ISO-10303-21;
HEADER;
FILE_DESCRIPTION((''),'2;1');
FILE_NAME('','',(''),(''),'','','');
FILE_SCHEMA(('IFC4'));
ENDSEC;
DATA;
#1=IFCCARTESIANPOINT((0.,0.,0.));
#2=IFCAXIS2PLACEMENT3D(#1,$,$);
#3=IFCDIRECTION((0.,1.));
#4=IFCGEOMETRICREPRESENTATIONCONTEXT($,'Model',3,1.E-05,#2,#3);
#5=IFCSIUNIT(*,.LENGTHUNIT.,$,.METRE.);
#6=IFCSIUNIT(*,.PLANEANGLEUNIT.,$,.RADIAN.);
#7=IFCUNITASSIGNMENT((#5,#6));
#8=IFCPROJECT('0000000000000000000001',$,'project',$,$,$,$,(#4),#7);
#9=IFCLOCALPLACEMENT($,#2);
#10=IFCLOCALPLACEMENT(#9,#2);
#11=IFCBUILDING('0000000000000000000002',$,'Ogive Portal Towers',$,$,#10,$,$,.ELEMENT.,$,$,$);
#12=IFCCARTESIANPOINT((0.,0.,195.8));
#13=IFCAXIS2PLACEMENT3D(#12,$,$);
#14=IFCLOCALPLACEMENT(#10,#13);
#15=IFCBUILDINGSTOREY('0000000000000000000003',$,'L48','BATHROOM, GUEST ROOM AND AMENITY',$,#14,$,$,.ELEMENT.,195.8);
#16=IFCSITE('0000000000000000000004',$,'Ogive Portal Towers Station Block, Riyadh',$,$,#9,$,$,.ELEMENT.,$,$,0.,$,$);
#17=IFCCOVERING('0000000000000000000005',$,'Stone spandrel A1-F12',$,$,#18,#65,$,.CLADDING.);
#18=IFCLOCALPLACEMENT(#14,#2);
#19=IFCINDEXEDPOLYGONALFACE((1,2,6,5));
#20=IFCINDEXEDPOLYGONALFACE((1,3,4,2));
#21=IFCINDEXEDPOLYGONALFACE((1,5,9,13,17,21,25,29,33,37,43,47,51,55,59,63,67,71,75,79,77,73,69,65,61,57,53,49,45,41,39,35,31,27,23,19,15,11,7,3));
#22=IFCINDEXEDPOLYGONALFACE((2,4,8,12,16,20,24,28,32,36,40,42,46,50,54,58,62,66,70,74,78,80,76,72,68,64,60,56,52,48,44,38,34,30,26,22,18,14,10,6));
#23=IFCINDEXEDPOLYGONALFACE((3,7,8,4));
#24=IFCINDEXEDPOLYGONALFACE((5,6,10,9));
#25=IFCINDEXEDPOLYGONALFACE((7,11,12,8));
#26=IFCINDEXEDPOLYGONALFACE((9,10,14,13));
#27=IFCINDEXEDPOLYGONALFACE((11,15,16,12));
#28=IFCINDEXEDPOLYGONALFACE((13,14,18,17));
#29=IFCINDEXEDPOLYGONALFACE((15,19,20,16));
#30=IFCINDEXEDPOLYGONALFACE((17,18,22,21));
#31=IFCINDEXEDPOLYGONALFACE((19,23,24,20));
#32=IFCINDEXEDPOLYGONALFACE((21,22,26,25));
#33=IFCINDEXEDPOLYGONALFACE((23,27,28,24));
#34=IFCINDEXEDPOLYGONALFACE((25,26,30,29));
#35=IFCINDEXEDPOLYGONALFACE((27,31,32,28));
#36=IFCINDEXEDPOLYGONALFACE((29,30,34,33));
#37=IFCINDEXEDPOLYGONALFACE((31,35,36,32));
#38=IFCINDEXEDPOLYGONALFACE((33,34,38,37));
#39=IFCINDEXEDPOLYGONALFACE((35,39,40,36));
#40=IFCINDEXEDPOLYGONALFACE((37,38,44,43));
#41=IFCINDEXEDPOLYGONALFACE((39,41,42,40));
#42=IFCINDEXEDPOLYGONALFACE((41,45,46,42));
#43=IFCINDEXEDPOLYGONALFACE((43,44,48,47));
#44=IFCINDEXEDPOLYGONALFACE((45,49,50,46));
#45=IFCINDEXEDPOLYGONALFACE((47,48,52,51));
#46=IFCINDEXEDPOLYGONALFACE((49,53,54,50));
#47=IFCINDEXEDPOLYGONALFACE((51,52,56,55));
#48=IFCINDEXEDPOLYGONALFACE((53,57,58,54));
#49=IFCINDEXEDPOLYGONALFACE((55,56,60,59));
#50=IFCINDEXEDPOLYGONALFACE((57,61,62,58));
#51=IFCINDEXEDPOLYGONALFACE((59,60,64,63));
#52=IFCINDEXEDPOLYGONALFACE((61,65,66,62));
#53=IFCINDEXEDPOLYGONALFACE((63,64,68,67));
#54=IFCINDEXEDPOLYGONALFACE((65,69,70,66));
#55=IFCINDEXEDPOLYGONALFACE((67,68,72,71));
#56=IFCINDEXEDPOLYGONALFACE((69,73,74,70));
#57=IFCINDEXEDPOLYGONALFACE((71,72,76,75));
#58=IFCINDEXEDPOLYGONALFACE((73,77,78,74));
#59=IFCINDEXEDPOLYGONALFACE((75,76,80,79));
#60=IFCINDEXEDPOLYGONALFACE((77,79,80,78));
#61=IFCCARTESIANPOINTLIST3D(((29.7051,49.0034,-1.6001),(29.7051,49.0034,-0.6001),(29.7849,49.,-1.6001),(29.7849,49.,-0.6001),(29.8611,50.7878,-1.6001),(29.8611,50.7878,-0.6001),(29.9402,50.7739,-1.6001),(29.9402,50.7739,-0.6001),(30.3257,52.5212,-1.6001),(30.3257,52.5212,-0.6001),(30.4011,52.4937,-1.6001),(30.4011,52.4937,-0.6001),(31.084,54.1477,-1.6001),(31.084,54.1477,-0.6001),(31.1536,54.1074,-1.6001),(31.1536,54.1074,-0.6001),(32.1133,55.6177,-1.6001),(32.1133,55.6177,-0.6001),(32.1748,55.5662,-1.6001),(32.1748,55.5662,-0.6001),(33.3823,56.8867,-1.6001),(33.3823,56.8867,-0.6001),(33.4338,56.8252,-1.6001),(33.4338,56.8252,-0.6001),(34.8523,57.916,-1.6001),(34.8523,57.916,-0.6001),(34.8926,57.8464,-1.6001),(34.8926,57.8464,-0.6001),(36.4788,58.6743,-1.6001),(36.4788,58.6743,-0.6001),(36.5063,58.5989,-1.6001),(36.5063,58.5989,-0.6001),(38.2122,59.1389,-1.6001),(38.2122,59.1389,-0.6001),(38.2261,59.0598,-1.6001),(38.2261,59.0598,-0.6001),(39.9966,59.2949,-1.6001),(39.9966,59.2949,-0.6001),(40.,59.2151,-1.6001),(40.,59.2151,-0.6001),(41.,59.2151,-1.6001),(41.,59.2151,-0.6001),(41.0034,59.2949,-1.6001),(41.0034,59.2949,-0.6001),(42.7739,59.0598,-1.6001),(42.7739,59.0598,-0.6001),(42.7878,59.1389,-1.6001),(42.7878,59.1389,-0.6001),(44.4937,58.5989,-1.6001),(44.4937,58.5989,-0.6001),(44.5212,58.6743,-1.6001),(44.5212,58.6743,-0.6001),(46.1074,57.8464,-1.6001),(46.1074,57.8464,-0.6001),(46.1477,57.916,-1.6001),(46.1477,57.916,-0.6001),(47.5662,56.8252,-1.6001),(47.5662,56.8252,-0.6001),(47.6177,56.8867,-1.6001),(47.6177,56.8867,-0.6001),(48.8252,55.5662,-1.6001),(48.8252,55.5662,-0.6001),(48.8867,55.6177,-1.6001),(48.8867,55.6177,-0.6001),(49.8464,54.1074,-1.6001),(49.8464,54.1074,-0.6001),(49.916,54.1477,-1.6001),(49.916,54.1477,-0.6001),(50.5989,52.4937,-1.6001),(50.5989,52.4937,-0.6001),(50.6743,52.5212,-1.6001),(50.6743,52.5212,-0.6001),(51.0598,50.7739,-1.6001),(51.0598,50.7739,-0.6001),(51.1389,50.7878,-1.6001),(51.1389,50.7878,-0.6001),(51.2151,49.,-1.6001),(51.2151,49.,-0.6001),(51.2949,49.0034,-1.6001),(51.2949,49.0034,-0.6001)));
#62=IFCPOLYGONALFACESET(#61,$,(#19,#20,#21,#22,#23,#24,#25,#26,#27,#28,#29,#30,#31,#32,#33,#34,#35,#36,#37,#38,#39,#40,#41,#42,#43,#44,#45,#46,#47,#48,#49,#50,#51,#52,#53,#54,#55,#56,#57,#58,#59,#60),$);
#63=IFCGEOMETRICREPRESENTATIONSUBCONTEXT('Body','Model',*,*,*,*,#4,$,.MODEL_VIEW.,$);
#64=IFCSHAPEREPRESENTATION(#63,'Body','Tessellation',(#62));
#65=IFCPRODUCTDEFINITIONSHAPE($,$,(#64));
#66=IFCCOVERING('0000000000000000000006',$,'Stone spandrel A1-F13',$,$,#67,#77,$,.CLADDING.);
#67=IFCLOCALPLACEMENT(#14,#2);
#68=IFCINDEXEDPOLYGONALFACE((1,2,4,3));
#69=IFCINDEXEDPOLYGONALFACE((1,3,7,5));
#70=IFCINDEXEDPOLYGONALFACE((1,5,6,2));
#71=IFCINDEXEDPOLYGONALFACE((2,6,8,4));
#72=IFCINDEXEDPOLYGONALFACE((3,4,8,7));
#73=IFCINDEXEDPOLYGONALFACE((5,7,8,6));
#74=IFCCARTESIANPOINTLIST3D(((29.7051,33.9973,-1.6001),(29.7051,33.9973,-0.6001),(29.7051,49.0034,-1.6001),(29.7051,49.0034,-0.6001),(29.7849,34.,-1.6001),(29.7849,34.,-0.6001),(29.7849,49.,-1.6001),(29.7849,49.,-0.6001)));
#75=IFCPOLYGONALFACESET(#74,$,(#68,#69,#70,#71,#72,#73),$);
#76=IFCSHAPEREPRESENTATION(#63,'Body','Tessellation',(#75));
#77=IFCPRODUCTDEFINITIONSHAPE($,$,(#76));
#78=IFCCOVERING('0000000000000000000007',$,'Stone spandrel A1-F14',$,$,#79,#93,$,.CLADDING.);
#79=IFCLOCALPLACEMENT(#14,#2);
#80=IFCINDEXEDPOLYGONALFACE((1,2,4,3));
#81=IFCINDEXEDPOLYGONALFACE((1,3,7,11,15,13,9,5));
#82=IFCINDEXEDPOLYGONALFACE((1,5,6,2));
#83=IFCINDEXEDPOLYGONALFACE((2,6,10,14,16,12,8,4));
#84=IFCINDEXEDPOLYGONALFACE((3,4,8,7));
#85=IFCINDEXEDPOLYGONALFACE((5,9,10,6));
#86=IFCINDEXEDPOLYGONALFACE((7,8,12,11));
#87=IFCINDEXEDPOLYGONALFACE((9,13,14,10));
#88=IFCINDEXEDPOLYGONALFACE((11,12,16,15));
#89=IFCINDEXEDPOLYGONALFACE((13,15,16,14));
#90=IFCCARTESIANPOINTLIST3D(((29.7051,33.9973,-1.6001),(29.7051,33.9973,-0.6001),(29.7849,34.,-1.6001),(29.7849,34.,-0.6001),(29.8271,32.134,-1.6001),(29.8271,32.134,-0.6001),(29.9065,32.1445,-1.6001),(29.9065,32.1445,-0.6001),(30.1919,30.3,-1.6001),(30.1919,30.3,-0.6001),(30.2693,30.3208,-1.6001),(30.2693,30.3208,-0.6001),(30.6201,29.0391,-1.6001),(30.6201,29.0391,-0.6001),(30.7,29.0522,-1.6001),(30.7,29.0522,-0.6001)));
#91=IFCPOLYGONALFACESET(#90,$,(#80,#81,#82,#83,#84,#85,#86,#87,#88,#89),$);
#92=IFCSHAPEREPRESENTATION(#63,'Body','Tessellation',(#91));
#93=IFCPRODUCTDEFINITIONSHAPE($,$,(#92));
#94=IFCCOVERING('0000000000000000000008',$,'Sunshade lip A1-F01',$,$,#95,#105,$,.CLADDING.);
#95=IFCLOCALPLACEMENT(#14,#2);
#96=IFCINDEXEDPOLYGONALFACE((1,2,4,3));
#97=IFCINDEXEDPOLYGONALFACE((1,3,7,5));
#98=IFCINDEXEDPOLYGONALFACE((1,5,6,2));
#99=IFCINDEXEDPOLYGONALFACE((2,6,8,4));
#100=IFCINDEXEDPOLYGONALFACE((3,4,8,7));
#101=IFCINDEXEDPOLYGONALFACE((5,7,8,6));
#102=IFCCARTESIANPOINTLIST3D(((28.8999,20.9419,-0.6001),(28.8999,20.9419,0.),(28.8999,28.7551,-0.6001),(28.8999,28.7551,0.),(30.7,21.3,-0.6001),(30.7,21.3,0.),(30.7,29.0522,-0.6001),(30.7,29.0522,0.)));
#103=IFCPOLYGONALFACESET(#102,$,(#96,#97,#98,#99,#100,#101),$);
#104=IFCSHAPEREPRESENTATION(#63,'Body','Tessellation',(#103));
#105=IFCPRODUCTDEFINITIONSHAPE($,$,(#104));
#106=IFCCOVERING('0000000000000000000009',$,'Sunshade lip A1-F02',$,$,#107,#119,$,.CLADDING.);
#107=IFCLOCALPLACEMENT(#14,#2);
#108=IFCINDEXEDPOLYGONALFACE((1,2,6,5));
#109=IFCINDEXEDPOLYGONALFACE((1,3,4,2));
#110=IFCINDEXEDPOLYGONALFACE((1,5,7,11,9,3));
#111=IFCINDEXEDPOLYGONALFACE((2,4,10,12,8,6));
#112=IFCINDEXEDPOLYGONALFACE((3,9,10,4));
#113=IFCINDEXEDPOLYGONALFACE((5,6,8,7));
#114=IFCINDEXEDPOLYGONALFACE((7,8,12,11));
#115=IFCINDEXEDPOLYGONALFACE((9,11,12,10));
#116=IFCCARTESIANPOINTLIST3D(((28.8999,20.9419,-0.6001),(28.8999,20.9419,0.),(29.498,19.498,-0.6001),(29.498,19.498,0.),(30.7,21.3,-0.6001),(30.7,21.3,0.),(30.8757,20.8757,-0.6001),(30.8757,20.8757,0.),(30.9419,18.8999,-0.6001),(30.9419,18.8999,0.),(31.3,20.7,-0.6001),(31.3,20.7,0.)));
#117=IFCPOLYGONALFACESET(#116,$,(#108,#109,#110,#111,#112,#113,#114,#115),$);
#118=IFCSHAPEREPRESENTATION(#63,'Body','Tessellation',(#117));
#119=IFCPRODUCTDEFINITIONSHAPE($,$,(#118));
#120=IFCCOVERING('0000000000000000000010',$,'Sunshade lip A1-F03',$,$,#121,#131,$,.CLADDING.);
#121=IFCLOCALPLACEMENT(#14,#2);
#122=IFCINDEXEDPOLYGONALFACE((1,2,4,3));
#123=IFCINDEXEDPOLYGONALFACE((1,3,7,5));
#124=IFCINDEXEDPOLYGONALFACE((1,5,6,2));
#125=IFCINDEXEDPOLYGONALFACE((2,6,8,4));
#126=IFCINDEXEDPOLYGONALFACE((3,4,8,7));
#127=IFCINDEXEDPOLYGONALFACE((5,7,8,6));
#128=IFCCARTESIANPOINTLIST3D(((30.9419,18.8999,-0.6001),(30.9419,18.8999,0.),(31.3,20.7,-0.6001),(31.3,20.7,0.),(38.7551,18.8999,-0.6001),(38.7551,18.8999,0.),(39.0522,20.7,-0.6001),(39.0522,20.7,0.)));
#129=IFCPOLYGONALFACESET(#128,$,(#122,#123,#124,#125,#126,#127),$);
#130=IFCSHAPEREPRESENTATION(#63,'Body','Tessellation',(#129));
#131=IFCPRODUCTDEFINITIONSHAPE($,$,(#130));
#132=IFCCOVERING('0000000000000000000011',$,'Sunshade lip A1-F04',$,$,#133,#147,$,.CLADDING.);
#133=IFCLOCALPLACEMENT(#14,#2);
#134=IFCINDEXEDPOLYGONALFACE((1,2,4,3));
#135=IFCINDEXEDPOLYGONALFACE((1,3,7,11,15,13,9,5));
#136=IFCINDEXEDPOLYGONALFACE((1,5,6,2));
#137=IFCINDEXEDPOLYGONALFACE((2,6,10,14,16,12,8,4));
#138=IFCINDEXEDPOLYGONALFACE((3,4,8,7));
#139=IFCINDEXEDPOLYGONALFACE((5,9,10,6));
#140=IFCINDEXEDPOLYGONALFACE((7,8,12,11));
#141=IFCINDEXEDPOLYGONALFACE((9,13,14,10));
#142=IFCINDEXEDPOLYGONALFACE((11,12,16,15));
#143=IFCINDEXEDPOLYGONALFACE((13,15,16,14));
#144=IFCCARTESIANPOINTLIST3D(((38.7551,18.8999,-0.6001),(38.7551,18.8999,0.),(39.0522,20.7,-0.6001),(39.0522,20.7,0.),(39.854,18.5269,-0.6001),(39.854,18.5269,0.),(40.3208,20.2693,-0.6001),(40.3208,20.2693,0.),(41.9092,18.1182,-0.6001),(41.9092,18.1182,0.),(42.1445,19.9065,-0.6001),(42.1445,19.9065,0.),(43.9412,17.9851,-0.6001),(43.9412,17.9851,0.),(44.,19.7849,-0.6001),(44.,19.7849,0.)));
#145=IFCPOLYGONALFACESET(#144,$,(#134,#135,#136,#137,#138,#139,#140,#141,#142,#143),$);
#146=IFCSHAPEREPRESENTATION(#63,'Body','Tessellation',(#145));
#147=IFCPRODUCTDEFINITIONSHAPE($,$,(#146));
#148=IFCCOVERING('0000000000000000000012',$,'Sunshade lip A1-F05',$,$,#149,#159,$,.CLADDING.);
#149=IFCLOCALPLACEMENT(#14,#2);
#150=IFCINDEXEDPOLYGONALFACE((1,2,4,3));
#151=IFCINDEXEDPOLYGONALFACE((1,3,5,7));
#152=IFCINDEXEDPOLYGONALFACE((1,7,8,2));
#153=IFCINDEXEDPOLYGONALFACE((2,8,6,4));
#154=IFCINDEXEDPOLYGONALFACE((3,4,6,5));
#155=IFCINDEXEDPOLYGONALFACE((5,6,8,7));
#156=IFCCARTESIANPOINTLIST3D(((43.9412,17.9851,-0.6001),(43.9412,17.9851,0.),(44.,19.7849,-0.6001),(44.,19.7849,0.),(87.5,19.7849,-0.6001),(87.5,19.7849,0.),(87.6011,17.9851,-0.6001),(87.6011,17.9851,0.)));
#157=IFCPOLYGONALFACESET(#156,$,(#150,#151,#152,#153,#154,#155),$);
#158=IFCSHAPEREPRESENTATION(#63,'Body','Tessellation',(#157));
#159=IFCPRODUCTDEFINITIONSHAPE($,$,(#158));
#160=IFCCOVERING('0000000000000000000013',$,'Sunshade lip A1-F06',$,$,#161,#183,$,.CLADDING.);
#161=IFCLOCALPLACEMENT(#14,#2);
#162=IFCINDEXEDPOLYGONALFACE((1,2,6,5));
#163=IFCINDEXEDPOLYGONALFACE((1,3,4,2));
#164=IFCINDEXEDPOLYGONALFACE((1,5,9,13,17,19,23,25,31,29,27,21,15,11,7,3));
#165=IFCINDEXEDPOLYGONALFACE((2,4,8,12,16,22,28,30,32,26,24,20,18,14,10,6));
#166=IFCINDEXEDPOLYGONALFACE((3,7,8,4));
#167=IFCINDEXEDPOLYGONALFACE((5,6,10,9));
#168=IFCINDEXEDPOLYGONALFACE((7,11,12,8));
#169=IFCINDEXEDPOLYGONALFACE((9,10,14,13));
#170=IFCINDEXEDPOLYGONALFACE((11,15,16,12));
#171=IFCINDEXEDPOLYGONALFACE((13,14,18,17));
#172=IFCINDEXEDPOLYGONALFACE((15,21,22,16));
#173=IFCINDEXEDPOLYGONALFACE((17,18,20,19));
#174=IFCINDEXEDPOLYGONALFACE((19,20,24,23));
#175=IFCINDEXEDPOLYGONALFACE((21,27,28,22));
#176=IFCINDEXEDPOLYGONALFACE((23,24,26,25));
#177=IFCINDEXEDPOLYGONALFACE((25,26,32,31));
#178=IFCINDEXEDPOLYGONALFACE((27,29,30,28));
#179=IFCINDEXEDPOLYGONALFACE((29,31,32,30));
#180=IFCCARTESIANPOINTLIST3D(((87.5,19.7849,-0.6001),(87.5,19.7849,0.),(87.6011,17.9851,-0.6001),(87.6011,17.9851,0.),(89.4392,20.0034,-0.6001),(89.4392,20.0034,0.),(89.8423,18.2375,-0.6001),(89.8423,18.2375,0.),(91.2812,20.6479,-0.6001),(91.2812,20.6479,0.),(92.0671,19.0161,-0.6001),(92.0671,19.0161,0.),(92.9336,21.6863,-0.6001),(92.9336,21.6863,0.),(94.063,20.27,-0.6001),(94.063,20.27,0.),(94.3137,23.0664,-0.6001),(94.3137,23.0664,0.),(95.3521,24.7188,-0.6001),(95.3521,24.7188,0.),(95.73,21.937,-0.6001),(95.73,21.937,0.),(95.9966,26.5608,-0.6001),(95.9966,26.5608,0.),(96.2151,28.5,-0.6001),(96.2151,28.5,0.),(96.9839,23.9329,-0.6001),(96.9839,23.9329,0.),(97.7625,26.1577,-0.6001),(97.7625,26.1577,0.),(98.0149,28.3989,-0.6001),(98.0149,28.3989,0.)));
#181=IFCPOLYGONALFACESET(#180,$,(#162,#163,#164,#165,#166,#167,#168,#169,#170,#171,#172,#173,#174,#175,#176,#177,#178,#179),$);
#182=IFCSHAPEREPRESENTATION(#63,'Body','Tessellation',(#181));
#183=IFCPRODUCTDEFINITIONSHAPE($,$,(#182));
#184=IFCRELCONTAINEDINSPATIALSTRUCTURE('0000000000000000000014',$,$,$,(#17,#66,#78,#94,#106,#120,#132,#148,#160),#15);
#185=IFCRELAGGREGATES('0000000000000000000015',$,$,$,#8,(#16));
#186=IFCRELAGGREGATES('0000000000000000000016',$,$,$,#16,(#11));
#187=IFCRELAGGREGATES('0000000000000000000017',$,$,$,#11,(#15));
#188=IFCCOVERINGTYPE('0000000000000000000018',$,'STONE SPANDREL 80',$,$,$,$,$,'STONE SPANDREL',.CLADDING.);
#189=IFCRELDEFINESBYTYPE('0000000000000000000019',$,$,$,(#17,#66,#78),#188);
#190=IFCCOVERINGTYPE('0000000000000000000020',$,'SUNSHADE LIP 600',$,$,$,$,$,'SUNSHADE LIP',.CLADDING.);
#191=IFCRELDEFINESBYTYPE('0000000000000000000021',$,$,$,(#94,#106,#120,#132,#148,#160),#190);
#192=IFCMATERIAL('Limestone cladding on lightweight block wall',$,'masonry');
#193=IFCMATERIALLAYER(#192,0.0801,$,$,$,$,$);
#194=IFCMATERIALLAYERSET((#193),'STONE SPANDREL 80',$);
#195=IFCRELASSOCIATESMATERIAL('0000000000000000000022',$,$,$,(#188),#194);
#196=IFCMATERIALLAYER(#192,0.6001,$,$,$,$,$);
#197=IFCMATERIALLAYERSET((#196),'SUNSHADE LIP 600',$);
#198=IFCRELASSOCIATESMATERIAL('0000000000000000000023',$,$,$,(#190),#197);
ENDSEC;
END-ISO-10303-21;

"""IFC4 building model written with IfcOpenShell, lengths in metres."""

from ifc_helpers import new_model, si_unit, direction, frame, origin, place, context, subcontext, project, spatial, polyline, outline, extrude, material, layer, layer_set, type_object, element, save


model = new_model("IFC4")

# Units and contexts
model_context = context("Model", 3, precision=1e-05, world=origin(), true_north=direction((0.0, 1.0)))
body_context = subcontext(model_context, "Body", "Model", "MODEL_VIEW")
ifc_project = project(units=[si_unit("LENGTHUNIT", "METRE"), si_unit("PLANEANGLEUNIT", "RADIAN")], contexts=[model_context])

# Site, building, storey
site_placement = place(None, origin())
site = spatial("IfcSite", under=ifc_project, at=site_placement, Name="Ogive Portal Towers Station Block, Riyadh", CompositionType="ELEMENT", RefElevation=0.0)
building_placement = place(site_placement, origin())
building = spatial("IfcBuilding", under=site, at=building_placement, Name="Ogive Portal Towers", CompositionType="ELEMENT")
storey_placement = place(building_placement, frame((0.0, 0.0, 195.8)))
storey = spatial("IfcBuildingStorey", under=building, at=storey_placement, Name="L48", Description="BATHROOM, GUEST ROOM AND AMENITY", CompositionType="ELEMENT", Elevation=195.8)

# Coverings
ifc_material_1 = material(Name="Limestone cladding on lightweight block wall", Category="masonry")
ifc_layer_1 = layer(ifc_material_1, 0.0801)
ifc_layer_set_1 = layer_set([ifc_layer_1], Name="STONE SPANDREL 80")
covering_type_1 = type_object("IfcCoveringType", Name="STONE SPANDREL 80", ElementType="STONE SPANDREL", PredefinedType="CLADDING", material=ifc_layer_set_1)
covering_1_placement = place(storey_placement, frame((0.0, 0.0, -1.6001)))
element("IfcCovering", 1, at=covering_1_placement, inside=storey, type_object=covering_type_1, Name="Stone spandrel A1-F12", PredefinedType="CLADDING", context=body_context, shape_type="SweptSolid", body=[
    extrude(outline(polyline([(51.2151, 49.0), (51.0598, 50.7739), (50.5989, 52.4937), (49.8464, 54.1074), (48.8252, 55.5662), (47.5662, 56.8252), (46.1074, 57.8464), (44.4937, 58.5989), (42.7739, 59.0598), (41.0, 59.2151), (40.0, 59.2151), (38.2261, 59.0598), (36.5063, 58.5989), (34.8926, 57.8464), (33.4338, 56.8252), (32.1748, 55.5662), (31.1536, 54.1074), (30.4011, 52.4937), (29.9402, 50.7739), (29.7849, 49.0), (29.7051, 49.0034), (29.8611, 50.7878), (30.3257, 52.5212), (31.084, 54.1477), (32.1133, 55.6177), (33.3823, 56.8867), (34.8523, 57.916), (36.4788, 58.6743), (38.2122, 59.1389), (39.9966, 59.2949), (41.0034, 59.2949), (42.7878, 59.1389), (44.5212, 58.6743), (46.1477, 57.916), (47.6177, 56.8867), (48.8867, 55.6177), (49.916, 54.1477), (50.6743, 52.5212), (51.1389, 50.7878), (51.2949, 49.0034), (51.2151, 49.0)])), origin(), (0.0, 0.0, 1.0), 1.0),
])
covering_2_placement = place(storey_placement, frame((0.0, 0.0, -1.6001)))
element("IfcCovering", 2, at=covering_2_placement, inside=storey, type_object=covering_type_1, Name="Stone spandrel A1-F13", PredefinedType="CLADDING", context=body_context, shape_type="SweptSolid", body=[
    extrude(outline(polyline([(29.7849, 49.0), (29.7849, 34.0), (29.7051, 33.9973), (29.7051, 49.0034), (29.7849, 49.0)])), origin(), (0.0, 0.0, 1.0), 1.0),
])
covering_3_placement = place(storey_placement, frame((0.0, 0.0, -1.6001)))
element("IfcCovering", 3, at=covering_3_placement, inside=storey, type_object=covering_type_1, Name="Stone spandrel A1-F14", PredefinedType="CLADDING", context=body_context, shape_type="SweptSolid", body=[
    extrude(outline(polyline([(29.7849, 34.0), (29.9065, 32.1445), (30.2693, 30.3208), (30.7, 29.0522), (30.6201, 29.0391), (30.1919, 30.3), (29.8271, 32.134), (29.7051, 33.9973), (29.7849, 34.0)])), origin(), (0.0, 0.0, 1.0), 1.0),
])
ifc_layer_2 = layer(ifc_material_1, 0.6001)
ifc_layer_set_2 = layer_set([ifc_layer_2], Name="SUNSHADE LIP 600")
covering_type_2 = type_object("IfcCoveringType", Name="SUNSHADE LIP 600", ElementType="SUNSHADE LIP", PredefinedType="CLADDING", material=ifc_layer_set_2)
covering_4_placement = place(storey_placement, frame((0.0, 0.0, -0.6001)))
element("IfcCovering", 4, at=covering_4_placement, inside=storey, type_object=covering_type_2, Name="Sunshade lip A1-F01", PredefinedType="CLADDING", context=body_context, shape_type="SweptSolid", body=[
    extrude(outline(polyline([(30.7, 29.0522), (30.7, 21.3), (28.8999, 20.9419), (28.8999, 28.7551), (30.7, 29.0522)])), origin(), (0.0, 0.0, 1.0), 0.6001),
])
covering_5_placement = place(storey_placement, frame((0.0, 0.0, -0.6001)))
element("IfcCovering", 5, at=covering_5_placement, inside=storey, type_object=covering_type_2, Name="Sunshade lip A1-F02", PredefinedType="CLADDING", context=body_context, shape_type="SweptSolid", body=[
    extrude(outline(polyline([(30.7, 21.3), (30.8757, 20.8757), (31.3, 20.7), (30.9419, 18.8999), (29.498, 19.498), (28.8999, 20.9419), (30.7, 21.3)])), origin(), (0.0, 0.0, 1.0), 0.6001),
])
covering_6_placement = place(storey_placement, frame((0.0, 0.0, -0.6001)))
element("IfcCovering", 6, at=covering_6_placement, inside=storey, type_object=covering_type_2, Name="Sunshade lip A1-F03", PredefinedType="CLADDING", context=body_context, shape_type="SweptSolid", body=[
    extrude(outline(polyline([(31.3, 20.7), (39.0522, 20.7), (38.7551, 18.8999), (30.9419, 18.8999), (31.3, 20.7)])), origin(), (0.0, 0.0, 1.0), 0.6001),
])
covering_7_placement = place(storey_placement, frame((0.0, 0.0, -0.6001)))
element("IfcCovering", 7, at=covering_7_placement, inside=storey, type_object=covering_type_2, Name="Sunshade lip A1-F04", PredefinedType="CLADDING", context=body_context, shape_type="SweptSolid", body=[
    extrude(outline(polyline([(39.0522, 20.7), (40.3208, 20.2693), (42.1445, 19.9065), (44.0, 19.7849), (43.9412, 17.9851), (41.9092, 18.1182), (39.854, 18.5269), (38.7551, 18.8999), (39.0522, 20.7)])), origin(), (0.0, 0.0, 1.0), 0.6001),
])
covering_8_placement = place(storey_placement, frame((0.0, 0.0, -0.6001)))
element("IfcCovering", 8, at=covering_8_placement, inside=storey, type_object=covering_type_2, Name="Sunshade lip A1-F05", PredefinedType="CLADDING", context=body_context, shape_type="SweptSolid", body=[
    extrude(outline(polyline([(44.0, 19.7849), (87.5, 19.7849), (87.6011, 17.9851), (43.9412, 17.9851), (44.0, 19.7849)])), origin(), (0.0, 0.0, 1.0), 0.6001),
])
covering_9_placement = place(storey_placement, frame((0.0, 0.0, -0.6001)))
element("IfcCovering", 9, at=covering_9_placement, inside=storey, type_object=covering_type_2, Name="Sunshade lip A1-F06", PredefinedType="CLADDING", context=body_context, shape_type="SweptSolid", body=[
    extrude(outline(polyline([(87.5, 19.7849), (89.4392, 20.0034), (91.2812, 20.6479), (92.9336, 21.6863), (94.3137, 23.0664), (95.3521, 24.7188), (95.9966, 26.5608), (96.2151, 28.5), (98.0149, 28.3989), (97.7625, 26.1577), (96.9839, 23.9329), (95.73, 21.937), (94.063, 20.27), (92.0671, 19.0161), (89.8423, 18.2375), (87.6011, 17.9851), (87.5, 19.7849)])), origin(), (0.0, 0.0, 1.0), 0.6001),
])

save(model, "model.ifc")
